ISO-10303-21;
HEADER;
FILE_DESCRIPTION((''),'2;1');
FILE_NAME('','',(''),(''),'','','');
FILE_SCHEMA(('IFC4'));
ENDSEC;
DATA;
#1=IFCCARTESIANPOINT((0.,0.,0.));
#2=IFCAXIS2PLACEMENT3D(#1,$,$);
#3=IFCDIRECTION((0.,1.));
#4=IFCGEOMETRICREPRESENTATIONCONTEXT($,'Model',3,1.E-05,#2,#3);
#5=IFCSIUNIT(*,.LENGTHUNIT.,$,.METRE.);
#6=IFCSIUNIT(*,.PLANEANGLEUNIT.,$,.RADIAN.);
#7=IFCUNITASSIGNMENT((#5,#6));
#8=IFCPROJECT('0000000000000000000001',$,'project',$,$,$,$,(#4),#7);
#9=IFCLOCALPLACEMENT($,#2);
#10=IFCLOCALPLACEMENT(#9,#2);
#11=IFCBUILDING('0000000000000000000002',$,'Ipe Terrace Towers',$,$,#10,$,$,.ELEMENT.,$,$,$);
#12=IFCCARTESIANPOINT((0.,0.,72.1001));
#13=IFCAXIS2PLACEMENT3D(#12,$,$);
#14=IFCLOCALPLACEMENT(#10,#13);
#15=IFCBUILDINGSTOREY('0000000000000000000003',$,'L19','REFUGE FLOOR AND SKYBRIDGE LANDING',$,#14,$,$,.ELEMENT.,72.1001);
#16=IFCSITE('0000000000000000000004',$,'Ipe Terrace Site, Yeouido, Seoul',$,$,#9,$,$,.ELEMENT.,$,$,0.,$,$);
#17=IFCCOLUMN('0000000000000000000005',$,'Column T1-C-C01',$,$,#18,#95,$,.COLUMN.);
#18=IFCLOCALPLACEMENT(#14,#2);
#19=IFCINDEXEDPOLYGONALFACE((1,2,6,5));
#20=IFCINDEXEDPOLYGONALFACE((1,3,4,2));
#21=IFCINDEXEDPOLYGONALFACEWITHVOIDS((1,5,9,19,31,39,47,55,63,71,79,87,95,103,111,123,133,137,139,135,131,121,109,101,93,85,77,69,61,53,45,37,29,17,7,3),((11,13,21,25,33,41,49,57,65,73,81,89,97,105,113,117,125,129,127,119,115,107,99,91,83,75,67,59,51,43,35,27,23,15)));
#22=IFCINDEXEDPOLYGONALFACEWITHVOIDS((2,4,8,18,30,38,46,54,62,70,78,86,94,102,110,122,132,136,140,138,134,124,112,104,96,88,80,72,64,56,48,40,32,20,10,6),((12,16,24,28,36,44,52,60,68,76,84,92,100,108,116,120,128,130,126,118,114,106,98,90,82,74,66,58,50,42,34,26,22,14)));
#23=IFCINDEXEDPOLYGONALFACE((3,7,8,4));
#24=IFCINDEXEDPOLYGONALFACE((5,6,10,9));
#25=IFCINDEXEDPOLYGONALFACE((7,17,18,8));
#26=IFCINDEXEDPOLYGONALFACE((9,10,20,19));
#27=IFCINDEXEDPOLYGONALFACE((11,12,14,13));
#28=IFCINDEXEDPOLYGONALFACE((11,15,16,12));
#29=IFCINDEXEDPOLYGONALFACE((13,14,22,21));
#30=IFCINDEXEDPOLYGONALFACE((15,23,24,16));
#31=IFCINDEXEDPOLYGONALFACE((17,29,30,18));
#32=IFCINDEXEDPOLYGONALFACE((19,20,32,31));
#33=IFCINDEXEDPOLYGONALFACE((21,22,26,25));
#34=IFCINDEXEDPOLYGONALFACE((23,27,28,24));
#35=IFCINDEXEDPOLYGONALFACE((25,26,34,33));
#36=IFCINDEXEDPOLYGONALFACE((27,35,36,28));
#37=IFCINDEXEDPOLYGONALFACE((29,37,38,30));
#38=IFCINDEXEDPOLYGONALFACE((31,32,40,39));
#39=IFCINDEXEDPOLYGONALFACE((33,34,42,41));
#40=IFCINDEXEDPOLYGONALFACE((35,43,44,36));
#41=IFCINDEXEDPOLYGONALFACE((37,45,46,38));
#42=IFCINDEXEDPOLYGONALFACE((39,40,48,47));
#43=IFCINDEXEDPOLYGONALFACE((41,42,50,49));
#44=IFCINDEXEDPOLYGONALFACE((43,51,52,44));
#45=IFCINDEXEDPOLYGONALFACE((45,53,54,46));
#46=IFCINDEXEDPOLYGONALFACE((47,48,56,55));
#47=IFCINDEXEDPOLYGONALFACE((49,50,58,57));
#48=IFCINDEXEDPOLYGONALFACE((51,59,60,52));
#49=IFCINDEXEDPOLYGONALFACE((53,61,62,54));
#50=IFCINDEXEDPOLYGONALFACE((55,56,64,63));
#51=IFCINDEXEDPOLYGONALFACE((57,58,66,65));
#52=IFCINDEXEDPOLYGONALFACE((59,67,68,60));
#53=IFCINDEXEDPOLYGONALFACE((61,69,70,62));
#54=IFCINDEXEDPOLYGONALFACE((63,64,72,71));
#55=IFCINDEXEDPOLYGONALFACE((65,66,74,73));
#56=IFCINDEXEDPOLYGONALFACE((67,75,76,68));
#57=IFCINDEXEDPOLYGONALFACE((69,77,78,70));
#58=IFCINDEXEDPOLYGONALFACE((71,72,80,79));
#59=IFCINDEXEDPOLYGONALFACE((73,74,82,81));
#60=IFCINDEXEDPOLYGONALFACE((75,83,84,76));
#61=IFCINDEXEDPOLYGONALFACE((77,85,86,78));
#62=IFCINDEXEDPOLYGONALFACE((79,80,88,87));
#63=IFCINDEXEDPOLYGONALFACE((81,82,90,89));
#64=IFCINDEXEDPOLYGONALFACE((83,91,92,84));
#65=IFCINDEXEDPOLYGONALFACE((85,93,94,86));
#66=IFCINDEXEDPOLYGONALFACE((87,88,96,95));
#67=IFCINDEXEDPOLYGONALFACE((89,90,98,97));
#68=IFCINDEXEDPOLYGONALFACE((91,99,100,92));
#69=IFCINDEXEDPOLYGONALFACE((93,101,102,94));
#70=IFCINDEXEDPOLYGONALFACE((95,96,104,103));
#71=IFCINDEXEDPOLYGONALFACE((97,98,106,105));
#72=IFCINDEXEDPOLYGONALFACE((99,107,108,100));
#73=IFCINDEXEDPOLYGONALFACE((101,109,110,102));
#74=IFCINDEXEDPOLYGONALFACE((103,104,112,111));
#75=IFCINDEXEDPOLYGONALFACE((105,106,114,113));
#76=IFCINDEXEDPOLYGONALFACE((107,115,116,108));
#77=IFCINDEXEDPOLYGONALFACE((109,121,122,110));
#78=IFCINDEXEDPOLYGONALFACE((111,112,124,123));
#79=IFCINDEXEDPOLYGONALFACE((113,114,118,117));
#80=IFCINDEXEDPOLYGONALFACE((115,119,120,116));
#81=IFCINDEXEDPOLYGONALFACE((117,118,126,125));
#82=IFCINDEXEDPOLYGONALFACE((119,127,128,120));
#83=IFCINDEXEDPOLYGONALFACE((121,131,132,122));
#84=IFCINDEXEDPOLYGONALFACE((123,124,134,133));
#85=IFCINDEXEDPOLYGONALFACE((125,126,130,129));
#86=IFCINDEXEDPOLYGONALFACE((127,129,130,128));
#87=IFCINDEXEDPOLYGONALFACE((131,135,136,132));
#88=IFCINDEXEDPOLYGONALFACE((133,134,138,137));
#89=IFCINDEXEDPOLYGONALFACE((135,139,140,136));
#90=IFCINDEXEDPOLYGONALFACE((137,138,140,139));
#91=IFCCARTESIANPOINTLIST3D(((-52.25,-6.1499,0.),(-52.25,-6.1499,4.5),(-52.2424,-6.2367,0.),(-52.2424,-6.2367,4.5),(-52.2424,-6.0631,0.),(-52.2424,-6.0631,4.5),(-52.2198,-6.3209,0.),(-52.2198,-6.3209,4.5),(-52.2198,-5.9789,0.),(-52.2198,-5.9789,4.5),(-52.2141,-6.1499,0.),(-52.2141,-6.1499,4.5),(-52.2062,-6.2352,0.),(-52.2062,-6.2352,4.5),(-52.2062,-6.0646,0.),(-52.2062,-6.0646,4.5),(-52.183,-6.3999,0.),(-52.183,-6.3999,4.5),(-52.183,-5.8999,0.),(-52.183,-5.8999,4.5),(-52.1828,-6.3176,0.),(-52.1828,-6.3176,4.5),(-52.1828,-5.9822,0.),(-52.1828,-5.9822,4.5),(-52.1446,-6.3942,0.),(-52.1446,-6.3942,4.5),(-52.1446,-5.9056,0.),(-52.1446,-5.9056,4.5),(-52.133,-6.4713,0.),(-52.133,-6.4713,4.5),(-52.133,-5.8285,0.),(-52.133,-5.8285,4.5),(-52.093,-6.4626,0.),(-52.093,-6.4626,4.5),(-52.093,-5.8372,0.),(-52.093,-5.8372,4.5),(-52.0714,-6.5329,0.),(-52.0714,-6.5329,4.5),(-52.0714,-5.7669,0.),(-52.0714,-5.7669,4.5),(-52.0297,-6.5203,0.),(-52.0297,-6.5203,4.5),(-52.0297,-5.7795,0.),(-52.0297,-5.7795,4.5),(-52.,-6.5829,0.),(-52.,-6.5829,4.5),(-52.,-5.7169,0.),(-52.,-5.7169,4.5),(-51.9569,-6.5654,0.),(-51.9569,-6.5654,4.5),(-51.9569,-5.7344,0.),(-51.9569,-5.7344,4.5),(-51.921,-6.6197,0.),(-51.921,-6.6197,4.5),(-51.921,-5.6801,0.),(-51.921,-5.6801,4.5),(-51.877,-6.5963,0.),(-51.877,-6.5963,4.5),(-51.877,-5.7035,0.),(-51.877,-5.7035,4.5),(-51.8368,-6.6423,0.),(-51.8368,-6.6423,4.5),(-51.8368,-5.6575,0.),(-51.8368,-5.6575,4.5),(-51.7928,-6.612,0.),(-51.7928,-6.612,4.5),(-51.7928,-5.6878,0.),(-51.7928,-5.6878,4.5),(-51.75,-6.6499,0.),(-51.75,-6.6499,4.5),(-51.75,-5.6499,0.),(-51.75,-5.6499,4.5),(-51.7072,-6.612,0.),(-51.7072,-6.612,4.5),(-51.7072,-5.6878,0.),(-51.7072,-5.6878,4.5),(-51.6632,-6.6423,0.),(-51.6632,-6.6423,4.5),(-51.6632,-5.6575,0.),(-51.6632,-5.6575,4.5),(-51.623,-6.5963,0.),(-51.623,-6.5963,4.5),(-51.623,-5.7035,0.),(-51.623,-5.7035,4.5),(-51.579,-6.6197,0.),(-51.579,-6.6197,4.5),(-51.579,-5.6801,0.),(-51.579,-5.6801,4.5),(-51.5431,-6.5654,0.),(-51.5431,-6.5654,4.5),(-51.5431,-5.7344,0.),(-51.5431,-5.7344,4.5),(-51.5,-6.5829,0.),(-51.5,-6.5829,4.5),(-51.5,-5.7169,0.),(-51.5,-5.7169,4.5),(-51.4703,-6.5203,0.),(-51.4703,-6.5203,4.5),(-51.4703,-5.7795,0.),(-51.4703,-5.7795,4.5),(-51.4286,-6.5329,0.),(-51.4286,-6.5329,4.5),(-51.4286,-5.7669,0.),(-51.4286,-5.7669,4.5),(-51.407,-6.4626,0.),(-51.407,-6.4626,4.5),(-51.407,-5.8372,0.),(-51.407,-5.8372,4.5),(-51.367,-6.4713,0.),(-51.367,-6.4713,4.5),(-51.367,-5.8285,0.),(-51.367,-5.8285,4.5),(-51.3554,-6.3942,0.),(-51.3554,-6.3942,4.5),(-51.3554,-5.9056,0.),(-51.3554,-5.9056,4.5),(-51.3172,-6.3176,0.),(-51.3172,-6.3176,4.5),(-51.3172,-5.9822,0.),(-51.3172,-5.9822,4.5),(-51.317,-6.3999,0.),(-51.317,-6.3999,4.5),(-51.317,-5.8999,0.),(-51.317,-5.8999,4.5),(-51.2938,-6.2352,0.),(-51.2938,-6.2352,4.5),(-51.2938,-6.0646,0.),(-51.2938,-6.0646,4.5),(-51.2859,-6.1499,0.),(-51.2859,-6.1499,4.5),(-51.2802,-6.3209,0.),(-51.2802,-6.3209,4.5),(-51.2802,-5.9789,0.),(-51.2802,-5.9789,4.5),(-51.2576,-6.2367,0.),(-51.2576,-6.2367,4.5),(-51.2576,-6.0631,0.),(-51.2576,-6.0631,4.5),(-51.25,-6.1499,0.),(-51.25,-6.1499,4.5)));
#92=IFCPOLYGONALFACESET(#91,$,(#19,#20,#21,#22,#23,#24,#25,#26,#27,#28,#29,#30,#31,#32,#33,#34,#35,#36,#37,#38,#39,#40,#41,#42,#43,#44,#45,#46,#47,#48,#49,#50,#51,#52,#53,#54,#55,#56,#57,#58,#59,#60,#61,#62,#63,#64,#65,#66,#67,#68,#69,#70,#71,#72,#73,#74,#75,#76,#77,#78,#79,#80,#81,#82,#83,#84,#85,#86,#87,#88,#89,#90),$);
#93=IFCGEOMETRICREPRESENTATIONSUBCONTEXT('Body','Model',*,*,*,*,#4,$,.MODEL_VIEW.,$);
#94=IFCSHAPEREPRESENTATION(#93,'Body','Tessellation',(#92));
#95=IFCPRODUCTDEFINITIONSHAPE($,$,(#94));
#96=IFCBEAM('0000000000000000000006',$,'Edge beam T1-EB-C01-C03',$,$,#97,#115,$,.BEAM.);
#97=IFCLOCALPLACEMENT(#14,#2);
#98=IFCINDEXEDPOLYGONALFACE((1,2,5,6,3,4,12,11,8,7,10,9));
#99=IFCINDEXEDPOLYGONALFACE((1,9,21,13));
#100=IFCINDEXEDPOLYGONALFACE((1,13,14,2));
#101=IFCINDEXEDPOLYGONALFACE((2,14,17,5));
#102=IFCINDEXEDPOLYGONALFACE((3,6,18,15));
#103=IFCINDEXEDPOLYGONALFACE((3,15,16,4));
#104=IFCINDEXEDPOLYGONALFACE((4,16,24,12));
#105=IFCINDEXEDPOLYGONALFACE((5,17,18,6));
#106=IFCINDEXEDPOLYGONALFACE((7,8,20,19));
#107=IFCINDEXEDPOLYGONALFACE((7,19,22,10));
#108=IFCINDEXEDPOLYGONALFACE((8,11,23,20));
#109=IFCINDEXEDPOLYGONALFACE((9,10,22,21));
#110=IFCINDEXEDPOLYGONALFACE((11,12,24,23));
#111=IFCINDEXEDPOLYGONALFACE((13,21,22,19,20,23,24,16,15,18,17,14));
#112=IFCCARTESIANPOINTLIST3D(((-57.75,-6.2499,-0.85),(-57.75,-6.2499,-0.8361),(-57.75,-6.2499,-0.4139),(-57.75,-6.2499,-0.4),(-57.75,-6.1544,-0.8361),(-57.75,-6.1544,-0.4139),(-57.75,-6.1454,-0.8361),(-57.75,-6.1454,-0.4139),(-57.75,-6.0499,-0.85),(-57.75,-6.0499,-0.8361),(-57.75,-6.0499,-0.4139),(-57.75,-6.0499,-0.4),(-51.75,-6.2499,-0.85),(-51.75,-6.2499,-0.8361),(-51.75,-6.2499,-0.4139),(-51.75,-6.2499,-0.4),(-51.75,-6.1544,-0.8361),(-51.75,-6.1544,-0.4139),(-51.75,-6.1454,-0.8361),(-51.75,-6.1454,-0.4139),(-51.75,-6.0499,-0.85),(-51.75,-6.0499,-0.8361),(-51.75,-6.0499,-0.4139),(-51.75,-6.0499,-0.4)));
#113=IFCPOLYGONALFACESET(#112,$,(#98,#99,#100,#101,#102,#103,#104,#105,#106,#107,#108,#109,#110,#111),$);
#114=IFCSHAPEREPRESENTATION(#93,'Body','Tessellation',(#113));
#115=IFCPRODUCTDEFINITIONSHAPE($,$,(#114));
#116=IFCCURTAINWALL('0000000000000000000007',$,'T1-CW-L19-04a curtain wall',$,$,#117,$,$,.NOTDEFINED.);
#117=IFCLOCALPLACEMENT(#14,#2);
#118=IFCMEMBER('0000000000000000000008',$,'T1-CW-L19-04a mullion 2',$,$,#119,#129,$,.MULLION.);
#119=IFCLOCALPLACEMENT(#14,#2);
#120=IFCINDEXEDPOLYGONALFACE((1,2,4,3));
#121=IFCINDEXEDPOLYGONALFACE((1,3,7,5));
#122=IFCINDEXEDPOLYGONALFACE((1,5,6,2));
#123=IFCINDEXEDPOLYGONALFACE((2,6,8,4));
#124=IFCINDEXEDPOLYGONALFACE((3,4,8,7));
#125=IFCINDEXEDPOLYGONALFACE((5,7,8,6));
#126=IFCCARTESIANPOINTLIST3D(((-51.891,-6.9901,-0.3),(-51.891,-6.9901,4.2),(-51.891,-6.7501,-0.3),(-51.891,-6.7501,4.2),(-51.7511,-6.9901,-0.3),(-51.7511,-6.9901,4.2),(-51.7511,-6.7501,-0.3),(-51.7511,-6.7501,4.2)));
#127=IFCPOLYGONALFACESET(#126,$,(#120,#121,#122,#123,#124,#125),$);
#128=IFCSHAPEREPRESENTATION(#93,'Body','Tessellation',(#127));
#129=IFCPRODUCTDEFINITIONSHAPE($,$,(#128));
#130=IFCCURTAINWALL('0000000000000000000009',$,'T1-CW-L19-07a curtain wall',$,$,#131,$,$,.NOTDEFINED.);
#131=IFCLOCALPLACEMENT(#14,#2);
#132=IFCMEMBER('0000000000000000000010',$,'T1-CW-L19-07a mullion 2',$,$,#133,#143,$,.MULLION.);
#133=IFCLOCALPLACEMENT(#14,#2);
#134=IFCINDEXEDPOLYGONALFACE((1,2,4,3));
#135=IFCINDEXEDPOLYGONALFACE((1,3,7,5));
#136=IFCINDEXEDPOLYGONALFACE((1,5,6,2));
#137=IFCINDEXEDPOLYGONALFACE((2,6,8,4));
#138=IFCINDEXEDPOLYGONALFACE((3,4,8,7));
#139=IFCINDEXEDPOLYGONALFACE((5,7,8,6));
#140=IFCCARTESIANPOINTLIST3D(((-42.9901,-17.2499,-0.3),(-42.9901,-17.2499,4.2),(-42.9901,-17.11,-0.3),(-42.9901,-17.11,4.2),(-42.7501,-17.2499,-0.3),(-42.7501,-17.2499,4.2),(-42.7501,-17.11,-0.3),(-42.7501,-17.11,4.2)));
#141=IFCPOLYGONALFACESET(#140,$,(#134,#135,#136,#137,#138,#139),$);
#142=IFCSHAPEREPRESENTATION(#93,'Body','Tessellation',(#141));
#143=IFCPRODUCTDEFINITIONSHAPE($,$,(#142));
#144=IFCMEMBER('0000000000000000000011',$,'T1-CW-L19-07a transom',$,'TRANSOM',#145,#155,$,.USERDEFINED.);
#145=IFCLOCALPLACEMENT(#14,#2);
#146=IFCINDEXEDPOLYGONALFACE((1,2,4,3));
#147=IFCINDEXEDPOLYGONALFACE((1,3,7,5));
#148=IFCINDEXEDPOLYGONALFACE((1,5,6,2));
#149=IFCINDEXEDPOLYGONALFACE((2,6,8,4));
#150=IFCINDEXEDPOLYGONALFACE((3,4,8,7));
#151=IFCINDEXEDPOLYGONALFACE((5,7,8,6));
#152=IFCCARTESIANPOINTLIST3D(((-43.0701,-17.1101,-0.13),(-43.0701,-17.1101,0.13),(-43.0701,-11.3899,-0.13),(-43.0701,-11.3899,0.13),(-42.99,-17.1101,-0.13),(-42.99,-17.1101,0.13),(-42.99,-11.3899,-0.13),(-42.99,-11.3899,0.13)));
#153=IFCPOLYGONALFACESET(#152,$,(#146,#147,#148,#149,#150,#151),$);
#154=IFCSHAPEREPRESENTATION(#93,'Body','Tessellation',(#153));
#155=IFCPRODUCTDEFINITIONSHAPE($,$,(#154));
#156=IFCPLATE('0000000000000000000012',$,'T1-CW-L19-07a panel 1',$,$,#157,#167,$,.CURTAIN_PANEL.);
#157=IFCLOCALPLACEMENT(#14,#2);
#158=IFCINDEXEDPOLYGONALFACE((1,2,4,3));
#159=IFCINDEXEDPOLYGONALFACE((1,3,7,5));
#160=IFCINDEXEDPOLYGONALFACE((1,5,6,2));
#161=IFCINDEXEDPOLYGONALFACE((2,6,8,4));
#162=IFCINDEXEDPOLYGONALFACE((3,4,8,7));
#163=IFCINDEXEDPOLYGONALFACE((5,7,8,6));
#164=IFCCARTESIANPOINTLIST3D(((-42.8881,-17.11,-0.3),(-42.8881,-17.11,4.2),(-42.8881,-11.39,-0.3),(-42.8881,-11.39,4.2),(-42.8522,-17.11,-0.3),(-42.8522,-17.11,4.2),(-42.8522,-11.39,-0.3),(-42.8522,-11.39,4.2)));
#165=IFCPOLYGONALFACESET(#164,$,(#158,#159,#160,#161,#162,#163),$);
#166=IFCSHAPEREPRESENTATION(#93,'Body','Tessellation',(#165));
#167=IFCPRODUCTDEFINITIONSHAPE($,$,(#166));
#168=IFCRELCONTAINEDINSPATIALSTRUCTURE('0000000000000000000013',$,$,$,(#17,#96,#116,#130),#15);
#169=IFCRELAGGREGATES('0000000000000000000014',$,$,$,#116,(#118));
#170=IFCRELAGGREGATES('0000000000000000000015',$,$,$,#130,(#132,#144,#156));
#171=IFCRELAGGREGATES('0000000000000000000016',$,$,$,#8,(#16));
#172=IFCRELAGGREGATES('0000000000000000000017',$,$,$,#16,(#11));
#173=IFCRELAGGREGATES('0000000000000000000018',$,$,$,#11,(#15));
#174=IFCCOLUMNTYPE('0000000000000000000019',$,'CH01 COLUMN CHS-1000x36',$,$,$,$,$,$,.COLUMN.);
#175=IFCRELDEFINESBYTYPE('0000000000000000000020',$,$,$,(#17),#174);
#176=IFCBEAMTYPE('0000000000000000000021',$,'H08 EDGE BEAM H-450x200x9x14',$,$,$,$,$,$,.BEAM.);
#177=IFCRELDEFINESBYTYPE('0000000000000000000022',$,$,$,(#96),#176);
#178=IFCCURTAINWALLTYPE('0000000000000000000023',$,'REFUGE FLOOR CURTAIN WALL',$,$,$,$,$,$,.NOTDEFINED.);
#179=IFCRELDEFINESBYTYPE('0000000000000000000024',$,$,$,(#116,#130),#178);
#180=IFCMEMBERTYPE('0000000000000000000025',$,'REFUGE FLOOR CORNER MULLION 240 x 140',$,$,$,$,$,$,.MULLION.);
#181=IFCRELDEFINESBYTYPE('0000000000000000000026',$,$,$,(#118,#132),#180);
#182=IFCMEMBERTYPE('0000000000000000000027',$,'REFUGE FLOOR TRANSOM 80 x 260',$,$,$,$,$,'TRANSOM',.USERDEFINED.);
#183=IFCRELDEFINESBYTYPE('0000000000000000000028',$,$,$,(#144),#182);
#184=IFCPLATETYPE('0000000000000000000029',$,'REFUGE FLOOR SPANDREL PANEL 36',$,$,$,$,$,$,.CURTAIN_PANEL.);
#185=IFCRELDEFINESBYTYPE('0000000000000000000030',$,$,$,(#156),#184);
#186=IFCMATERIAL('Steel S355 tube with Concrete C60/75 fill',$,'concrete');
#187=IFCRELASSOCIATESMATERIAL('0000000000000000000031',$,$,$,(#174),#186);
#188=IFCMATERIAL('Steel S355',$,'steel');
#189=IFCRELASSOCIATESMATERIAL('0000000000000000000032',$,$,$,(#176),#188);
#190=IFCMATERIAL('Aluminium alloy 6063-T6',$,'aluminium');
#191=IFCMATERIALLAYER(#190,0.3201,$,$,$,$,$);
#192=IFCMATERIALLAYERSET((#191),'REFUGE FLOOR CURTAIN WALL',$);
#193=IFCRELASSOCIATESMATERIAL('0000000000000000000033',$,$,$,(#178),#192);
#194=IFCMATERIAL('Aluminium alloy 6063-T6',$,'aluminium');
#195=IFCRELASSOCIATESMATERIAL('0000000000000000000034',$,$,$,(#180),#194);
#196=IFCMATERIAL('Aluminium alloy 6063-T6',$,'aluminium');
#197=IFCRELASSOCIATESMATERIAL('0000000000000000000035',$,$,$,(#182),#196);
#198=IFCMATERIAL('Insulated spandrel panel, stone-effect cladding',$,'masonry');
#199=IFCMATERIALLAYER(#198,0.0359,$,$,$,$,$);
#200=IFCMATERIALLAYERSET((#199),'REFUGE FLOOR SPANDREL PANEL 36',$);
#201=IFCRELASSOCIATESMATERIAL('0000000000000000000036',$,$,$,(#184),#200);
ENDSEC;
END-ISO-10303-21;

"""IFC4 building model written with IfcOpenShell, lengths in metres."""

from ifc_helpers import new_model, si_unit, direction, frame, origin, origin_2d, place, context, subcontext, project, spatial, rectangle, hollow_circle, i_section, extrude, material, layer, layer_set, material_profile, profile_set, type_object, element, aggregate, save


model = new_model("IFC4")

# Units and contexts
model_context = context("Model", 3, precision=1e-05, world=origin(), true_north=direction((0.0, 1.0)))
body_context = subcontext(model_context, "Body", "Model", "MODEL_VIEW")
ifc_project = project(units=[si_unit("LENGTHUNIT", "METRE"), si_unit("PLANEANGLEUNIT", "RADIAN")], contexts=[model_context])

# Site, building, storey
site_placement = place(None, origin())
site = spatial("IfcSite", under=ifc_project, at=site_placement, Name="Ipe Terrace Site, Yeouido, Seoul", CompositionType="ELEMENT", RefElevation=0.0)
building_placement = place(site_placement, origin())
building = spatial("IfcBuilding", under=site, at=building_placement, Name="Ipe Terrace Towers", CompositionType="ELEMENT")
storey_placement = place(building_placement, frame((0.0, 0.0, 72.1001)))
storey = spatial("IfcBuildingStorey", under=building, at=storey_placement, Name="L19", Description="REFUGE FLOOR AND SKYBRIDGE LANDING", CompositionType="ELEMENT", Elevation=72.1001)

# Column
ifc_material_1 = material(Name="Steel S355 tube with Concrete C60/75 fill", Category="concrete")
ifc_material_profile_1 = material_profile(ifc_material_1, hollow_circle(Radius=0.5, WallThickness=0.0359, at=origin_2d()), Name="CHS-1000x36")
ifc_profile_set_1 = profile_set([ifc_material_profile_1], Name="Steel S355 tube with Concrete C60/75 fill")
column_type = type_object("IfcColumnType", Name="CH01 COLUMN CHS-1000x36", PredefinedType="COLUMN", material=ifc_profile_set_1)
column_placement = place(storey_placement, frame((-51.75, -6.1499, 0.0), z_axis=(0.0, 0.0, 1.0), x_axis=(1.0, 0.0, 0.0)))
element("IfcColumn", 1, at=column_placement, inside=storey, type_object=column_type, Name="Column T1-C-C01", PredefinedType="COLUMN", context=body_context, shape_type="SweptSolid", body=[
    extrude(hollow_circle(Radius=0.5, WallThickness=0.0359, at=origin_2d()), origin(), (0.0, 0.0, 1.0), 4.5),
])

# Beam
ifc_material_2 = material(Name="Steel S355", Category="steel")
ifc_material_profile_2 = material_profile(ifc_material_2, i_section(OverallWidth=0.2, OverallDepth=0.45, WebThickness=0.009, FlangeThickness=0.0139, at=origin_2d()), Name="H-450x200x9x14")
ifc_profile_set_2 = profile_set([ifc_material_profile_2], Name="Steel S355")
beam_type = type_object("IfcBeamType", Name="H08 EDGE BEAM H-450x200x9x14", PredefinedType="BEAM", material=ifc_profile_set_2)
beam_placement = place(storey_placement, frame((-51.75, -6.1499, -0.625), z_axis=(-1.0, 0.0, 0.0), x_axis=(0.0, -1.0, 0.0)))
element("IfcBeam", 2, at=beam_placement, inside=storey, type_object=beam_type, Name="Edge beam T1-EB-C01-C03", PredefinedType="BEAM", context=body_context, shape_type="SweptSolid", body=[
    extrude(i_section(OverallWidth=0.2, OverallDepth=0.45, WebThickness=0.009, FlangeThickness=0.0139, at=origin_2d()), origin(), (0.0, 0.0, 1.0), 6.0),
])

# Curtain wall, member
ifc_material_3 = material(Name="Aluminium alloy 6063-T6", Category="aluminium")
ifc_layer_1 = layer(ifc_material_3, 0.3201)
ifc_layer_set_1 = layer_set([ifc_layer_1], Name="REFUGE FLOOR CURTAIN WALL")
curtain_wall_type = type_object("IfcCurtainWallType", Name="REFUGE FLOOR CURTAIN WALL", PredefinedType="NOTDEFINED", material=ifc_layer_set_1)
curtain_wall_1_placement = place(storey_placement, origin())
curtain_wall_1 = element("IfcCurtainWall", 3, at=curtain_wall_1_placement, inside=storey, type_object=curtain_wall_type, Name="T1-CW-L19-04a curtain wall", PredefinedType="NOTDEFINED")
ifc_material_4 = material(Name="Aluminium alloy 6063-T6", Category="aluminium")
ifc_material_profile_3 = material_profile(ifc_material_4, rectangle(XDim=0.24, YDim=0.1399, at=origin_2d()), Name="REFUGE FLOOR CORNER MULLION 240 x 140")
ifc_profile_set_3 = profile_set([ifc_material_profile_3], Name="Aluminium alloy 6063-T6")
member_type_1 = type_object("IfcMemberType", Name="REFUGE FLOOR CORNER MULLION 240 x 140", PredefinedType="MULLION", material=ifc_profile_set_3)
member_1_placement = place(storey_placement, frame((-51.821, -6.8701, -0.3), z_axis=(0.0, 0.0, 1.0), x_axis=(0.0, -1.0, 0.0)))
member_1 = element("IfcMember", 4, at=member_1_placement, type_object=member_type_1, Name="T1-CW-L19-04a mullion 2", PredefinedType="MULLION", context=body_context, shape_type="SweptSolid", body=[
    extrude(rectangle(XDim=0.24, YDim=0.1399, at=origin_2d()), origin(), (0.0, 0.0, 1.0), 4.5),
])
aggregate(curtain_wall_1, [member_1])

# Curtain wall, members, plate
curtain_wall_2_placement = place(storey_placement, origin())
curtain_wall_2 = element("IfcCurtainWall", 5, at=curtain_wall_2_placement, inside=storey, type_object=curtain_wall_type, Name="T1-CW-L19-07a curtain wall", PredefinedType="NOTDEFINED")
member_2_placement = place(storey_placement, frame((-42.8701, -17.1799, -0.3), z_axis=(0.0, 0.0, 1.0), x_axis=(-1.0, 0.0, 0.0)))
member_2 = element("IfcMember", 6, at=member_2_placement, type_object=member_type_1, Name="T1-CW-L19-07a mullion 2", PredefinedType="MULLION", context=body_context, shape_type="SweptSolid", body=[
    extrude(rectangle(XDim=0.24, YDim=0.1399, at=origin_2d()), origin(), (0.0, 0.0, 1.0), 4.5),
])
ifc_material_5 = material(Name="Aluminium alloy 6063-T6", Category="aluminium")
ifc_material_profile_4 = material_profile(ifc_material_5, rectangle(XDim=0.0801, YDim=0.26, at=origin_2d()), Name="REFUGE FLOOR TRANSOM 80 x 260")
ifc_profile_set_4 = profile_set([ifc_material_profile_4], Name="Aluminium alloy 6063-T6")
member_type_2 = type_object("IfcMemberType", Name="REFUGE FLOOR TRANSOM 80 x 260", ElementType="TRANSOM", PredefinedType="USERDEFINED", material=ifc_profile_set_4)
member_3_placement = place(storey_placement, frame((-43.03, -11.3899, 0.0), z_axis=(0.0, -1.0, 0.0), x_axis=(-1.0, 0.0, 0.0)))
member_3 = element("IfcMember", 7, at=member_3_placement, type_object=member_type_2, Name="T1-CW-L19-07a transom", ObjectType="TRANSOM", PredefinedType="USERDEFINED", context=body_context, shape_type="SweptSolid", body=[
    extrude(rectangle(XDim=0.0801, YDim=0.26, at=origin_2d()), origin(), (0.0, 0.0, 1.0), 5.7202),
])
ifc_material_6 = material(Name="Insulated spandrel panel, stone-effect cladding", Category="masonry")
ifc_layer_2 = layer(ifc_material_6, 0.0359)
ifc_layer_set_2 = layer_set([ifc_layer_2], Name="REFUGE FLOOR SPANDREL PANEL 36")
plate_type = type_object("IfcPlateType", Name="REFUGE FLOOR SPANDREL PANEL 36", PredefinedType="CURTAIN_PANEL", material=ifc_layer_set_2)
plate_placement = place(storey_placement, frame((-42.8701, -14.25, -0.3), z_axis=(0.0, 0.0, 1.0), x_axis=(0.0, -1.0, 0.0)))
plate = element("IfcPlate", 8, at=plate_placement, type_object=plate_type, Name="T1-CW-L19-07a panel 1", PredefinedType="CURTAIN_PANEL", context=body_context, shape_type="SweptSolid", body=[
    extrude(rectangle(XDim=5.72, YDim=0.0359, at=origin_2d()), origin(), (0.0, 0.0, 1.0), 4.5),
])
aggregate(curtain_wall_2, [member_2, member_3, plate])

save(model, "model.ifc")
